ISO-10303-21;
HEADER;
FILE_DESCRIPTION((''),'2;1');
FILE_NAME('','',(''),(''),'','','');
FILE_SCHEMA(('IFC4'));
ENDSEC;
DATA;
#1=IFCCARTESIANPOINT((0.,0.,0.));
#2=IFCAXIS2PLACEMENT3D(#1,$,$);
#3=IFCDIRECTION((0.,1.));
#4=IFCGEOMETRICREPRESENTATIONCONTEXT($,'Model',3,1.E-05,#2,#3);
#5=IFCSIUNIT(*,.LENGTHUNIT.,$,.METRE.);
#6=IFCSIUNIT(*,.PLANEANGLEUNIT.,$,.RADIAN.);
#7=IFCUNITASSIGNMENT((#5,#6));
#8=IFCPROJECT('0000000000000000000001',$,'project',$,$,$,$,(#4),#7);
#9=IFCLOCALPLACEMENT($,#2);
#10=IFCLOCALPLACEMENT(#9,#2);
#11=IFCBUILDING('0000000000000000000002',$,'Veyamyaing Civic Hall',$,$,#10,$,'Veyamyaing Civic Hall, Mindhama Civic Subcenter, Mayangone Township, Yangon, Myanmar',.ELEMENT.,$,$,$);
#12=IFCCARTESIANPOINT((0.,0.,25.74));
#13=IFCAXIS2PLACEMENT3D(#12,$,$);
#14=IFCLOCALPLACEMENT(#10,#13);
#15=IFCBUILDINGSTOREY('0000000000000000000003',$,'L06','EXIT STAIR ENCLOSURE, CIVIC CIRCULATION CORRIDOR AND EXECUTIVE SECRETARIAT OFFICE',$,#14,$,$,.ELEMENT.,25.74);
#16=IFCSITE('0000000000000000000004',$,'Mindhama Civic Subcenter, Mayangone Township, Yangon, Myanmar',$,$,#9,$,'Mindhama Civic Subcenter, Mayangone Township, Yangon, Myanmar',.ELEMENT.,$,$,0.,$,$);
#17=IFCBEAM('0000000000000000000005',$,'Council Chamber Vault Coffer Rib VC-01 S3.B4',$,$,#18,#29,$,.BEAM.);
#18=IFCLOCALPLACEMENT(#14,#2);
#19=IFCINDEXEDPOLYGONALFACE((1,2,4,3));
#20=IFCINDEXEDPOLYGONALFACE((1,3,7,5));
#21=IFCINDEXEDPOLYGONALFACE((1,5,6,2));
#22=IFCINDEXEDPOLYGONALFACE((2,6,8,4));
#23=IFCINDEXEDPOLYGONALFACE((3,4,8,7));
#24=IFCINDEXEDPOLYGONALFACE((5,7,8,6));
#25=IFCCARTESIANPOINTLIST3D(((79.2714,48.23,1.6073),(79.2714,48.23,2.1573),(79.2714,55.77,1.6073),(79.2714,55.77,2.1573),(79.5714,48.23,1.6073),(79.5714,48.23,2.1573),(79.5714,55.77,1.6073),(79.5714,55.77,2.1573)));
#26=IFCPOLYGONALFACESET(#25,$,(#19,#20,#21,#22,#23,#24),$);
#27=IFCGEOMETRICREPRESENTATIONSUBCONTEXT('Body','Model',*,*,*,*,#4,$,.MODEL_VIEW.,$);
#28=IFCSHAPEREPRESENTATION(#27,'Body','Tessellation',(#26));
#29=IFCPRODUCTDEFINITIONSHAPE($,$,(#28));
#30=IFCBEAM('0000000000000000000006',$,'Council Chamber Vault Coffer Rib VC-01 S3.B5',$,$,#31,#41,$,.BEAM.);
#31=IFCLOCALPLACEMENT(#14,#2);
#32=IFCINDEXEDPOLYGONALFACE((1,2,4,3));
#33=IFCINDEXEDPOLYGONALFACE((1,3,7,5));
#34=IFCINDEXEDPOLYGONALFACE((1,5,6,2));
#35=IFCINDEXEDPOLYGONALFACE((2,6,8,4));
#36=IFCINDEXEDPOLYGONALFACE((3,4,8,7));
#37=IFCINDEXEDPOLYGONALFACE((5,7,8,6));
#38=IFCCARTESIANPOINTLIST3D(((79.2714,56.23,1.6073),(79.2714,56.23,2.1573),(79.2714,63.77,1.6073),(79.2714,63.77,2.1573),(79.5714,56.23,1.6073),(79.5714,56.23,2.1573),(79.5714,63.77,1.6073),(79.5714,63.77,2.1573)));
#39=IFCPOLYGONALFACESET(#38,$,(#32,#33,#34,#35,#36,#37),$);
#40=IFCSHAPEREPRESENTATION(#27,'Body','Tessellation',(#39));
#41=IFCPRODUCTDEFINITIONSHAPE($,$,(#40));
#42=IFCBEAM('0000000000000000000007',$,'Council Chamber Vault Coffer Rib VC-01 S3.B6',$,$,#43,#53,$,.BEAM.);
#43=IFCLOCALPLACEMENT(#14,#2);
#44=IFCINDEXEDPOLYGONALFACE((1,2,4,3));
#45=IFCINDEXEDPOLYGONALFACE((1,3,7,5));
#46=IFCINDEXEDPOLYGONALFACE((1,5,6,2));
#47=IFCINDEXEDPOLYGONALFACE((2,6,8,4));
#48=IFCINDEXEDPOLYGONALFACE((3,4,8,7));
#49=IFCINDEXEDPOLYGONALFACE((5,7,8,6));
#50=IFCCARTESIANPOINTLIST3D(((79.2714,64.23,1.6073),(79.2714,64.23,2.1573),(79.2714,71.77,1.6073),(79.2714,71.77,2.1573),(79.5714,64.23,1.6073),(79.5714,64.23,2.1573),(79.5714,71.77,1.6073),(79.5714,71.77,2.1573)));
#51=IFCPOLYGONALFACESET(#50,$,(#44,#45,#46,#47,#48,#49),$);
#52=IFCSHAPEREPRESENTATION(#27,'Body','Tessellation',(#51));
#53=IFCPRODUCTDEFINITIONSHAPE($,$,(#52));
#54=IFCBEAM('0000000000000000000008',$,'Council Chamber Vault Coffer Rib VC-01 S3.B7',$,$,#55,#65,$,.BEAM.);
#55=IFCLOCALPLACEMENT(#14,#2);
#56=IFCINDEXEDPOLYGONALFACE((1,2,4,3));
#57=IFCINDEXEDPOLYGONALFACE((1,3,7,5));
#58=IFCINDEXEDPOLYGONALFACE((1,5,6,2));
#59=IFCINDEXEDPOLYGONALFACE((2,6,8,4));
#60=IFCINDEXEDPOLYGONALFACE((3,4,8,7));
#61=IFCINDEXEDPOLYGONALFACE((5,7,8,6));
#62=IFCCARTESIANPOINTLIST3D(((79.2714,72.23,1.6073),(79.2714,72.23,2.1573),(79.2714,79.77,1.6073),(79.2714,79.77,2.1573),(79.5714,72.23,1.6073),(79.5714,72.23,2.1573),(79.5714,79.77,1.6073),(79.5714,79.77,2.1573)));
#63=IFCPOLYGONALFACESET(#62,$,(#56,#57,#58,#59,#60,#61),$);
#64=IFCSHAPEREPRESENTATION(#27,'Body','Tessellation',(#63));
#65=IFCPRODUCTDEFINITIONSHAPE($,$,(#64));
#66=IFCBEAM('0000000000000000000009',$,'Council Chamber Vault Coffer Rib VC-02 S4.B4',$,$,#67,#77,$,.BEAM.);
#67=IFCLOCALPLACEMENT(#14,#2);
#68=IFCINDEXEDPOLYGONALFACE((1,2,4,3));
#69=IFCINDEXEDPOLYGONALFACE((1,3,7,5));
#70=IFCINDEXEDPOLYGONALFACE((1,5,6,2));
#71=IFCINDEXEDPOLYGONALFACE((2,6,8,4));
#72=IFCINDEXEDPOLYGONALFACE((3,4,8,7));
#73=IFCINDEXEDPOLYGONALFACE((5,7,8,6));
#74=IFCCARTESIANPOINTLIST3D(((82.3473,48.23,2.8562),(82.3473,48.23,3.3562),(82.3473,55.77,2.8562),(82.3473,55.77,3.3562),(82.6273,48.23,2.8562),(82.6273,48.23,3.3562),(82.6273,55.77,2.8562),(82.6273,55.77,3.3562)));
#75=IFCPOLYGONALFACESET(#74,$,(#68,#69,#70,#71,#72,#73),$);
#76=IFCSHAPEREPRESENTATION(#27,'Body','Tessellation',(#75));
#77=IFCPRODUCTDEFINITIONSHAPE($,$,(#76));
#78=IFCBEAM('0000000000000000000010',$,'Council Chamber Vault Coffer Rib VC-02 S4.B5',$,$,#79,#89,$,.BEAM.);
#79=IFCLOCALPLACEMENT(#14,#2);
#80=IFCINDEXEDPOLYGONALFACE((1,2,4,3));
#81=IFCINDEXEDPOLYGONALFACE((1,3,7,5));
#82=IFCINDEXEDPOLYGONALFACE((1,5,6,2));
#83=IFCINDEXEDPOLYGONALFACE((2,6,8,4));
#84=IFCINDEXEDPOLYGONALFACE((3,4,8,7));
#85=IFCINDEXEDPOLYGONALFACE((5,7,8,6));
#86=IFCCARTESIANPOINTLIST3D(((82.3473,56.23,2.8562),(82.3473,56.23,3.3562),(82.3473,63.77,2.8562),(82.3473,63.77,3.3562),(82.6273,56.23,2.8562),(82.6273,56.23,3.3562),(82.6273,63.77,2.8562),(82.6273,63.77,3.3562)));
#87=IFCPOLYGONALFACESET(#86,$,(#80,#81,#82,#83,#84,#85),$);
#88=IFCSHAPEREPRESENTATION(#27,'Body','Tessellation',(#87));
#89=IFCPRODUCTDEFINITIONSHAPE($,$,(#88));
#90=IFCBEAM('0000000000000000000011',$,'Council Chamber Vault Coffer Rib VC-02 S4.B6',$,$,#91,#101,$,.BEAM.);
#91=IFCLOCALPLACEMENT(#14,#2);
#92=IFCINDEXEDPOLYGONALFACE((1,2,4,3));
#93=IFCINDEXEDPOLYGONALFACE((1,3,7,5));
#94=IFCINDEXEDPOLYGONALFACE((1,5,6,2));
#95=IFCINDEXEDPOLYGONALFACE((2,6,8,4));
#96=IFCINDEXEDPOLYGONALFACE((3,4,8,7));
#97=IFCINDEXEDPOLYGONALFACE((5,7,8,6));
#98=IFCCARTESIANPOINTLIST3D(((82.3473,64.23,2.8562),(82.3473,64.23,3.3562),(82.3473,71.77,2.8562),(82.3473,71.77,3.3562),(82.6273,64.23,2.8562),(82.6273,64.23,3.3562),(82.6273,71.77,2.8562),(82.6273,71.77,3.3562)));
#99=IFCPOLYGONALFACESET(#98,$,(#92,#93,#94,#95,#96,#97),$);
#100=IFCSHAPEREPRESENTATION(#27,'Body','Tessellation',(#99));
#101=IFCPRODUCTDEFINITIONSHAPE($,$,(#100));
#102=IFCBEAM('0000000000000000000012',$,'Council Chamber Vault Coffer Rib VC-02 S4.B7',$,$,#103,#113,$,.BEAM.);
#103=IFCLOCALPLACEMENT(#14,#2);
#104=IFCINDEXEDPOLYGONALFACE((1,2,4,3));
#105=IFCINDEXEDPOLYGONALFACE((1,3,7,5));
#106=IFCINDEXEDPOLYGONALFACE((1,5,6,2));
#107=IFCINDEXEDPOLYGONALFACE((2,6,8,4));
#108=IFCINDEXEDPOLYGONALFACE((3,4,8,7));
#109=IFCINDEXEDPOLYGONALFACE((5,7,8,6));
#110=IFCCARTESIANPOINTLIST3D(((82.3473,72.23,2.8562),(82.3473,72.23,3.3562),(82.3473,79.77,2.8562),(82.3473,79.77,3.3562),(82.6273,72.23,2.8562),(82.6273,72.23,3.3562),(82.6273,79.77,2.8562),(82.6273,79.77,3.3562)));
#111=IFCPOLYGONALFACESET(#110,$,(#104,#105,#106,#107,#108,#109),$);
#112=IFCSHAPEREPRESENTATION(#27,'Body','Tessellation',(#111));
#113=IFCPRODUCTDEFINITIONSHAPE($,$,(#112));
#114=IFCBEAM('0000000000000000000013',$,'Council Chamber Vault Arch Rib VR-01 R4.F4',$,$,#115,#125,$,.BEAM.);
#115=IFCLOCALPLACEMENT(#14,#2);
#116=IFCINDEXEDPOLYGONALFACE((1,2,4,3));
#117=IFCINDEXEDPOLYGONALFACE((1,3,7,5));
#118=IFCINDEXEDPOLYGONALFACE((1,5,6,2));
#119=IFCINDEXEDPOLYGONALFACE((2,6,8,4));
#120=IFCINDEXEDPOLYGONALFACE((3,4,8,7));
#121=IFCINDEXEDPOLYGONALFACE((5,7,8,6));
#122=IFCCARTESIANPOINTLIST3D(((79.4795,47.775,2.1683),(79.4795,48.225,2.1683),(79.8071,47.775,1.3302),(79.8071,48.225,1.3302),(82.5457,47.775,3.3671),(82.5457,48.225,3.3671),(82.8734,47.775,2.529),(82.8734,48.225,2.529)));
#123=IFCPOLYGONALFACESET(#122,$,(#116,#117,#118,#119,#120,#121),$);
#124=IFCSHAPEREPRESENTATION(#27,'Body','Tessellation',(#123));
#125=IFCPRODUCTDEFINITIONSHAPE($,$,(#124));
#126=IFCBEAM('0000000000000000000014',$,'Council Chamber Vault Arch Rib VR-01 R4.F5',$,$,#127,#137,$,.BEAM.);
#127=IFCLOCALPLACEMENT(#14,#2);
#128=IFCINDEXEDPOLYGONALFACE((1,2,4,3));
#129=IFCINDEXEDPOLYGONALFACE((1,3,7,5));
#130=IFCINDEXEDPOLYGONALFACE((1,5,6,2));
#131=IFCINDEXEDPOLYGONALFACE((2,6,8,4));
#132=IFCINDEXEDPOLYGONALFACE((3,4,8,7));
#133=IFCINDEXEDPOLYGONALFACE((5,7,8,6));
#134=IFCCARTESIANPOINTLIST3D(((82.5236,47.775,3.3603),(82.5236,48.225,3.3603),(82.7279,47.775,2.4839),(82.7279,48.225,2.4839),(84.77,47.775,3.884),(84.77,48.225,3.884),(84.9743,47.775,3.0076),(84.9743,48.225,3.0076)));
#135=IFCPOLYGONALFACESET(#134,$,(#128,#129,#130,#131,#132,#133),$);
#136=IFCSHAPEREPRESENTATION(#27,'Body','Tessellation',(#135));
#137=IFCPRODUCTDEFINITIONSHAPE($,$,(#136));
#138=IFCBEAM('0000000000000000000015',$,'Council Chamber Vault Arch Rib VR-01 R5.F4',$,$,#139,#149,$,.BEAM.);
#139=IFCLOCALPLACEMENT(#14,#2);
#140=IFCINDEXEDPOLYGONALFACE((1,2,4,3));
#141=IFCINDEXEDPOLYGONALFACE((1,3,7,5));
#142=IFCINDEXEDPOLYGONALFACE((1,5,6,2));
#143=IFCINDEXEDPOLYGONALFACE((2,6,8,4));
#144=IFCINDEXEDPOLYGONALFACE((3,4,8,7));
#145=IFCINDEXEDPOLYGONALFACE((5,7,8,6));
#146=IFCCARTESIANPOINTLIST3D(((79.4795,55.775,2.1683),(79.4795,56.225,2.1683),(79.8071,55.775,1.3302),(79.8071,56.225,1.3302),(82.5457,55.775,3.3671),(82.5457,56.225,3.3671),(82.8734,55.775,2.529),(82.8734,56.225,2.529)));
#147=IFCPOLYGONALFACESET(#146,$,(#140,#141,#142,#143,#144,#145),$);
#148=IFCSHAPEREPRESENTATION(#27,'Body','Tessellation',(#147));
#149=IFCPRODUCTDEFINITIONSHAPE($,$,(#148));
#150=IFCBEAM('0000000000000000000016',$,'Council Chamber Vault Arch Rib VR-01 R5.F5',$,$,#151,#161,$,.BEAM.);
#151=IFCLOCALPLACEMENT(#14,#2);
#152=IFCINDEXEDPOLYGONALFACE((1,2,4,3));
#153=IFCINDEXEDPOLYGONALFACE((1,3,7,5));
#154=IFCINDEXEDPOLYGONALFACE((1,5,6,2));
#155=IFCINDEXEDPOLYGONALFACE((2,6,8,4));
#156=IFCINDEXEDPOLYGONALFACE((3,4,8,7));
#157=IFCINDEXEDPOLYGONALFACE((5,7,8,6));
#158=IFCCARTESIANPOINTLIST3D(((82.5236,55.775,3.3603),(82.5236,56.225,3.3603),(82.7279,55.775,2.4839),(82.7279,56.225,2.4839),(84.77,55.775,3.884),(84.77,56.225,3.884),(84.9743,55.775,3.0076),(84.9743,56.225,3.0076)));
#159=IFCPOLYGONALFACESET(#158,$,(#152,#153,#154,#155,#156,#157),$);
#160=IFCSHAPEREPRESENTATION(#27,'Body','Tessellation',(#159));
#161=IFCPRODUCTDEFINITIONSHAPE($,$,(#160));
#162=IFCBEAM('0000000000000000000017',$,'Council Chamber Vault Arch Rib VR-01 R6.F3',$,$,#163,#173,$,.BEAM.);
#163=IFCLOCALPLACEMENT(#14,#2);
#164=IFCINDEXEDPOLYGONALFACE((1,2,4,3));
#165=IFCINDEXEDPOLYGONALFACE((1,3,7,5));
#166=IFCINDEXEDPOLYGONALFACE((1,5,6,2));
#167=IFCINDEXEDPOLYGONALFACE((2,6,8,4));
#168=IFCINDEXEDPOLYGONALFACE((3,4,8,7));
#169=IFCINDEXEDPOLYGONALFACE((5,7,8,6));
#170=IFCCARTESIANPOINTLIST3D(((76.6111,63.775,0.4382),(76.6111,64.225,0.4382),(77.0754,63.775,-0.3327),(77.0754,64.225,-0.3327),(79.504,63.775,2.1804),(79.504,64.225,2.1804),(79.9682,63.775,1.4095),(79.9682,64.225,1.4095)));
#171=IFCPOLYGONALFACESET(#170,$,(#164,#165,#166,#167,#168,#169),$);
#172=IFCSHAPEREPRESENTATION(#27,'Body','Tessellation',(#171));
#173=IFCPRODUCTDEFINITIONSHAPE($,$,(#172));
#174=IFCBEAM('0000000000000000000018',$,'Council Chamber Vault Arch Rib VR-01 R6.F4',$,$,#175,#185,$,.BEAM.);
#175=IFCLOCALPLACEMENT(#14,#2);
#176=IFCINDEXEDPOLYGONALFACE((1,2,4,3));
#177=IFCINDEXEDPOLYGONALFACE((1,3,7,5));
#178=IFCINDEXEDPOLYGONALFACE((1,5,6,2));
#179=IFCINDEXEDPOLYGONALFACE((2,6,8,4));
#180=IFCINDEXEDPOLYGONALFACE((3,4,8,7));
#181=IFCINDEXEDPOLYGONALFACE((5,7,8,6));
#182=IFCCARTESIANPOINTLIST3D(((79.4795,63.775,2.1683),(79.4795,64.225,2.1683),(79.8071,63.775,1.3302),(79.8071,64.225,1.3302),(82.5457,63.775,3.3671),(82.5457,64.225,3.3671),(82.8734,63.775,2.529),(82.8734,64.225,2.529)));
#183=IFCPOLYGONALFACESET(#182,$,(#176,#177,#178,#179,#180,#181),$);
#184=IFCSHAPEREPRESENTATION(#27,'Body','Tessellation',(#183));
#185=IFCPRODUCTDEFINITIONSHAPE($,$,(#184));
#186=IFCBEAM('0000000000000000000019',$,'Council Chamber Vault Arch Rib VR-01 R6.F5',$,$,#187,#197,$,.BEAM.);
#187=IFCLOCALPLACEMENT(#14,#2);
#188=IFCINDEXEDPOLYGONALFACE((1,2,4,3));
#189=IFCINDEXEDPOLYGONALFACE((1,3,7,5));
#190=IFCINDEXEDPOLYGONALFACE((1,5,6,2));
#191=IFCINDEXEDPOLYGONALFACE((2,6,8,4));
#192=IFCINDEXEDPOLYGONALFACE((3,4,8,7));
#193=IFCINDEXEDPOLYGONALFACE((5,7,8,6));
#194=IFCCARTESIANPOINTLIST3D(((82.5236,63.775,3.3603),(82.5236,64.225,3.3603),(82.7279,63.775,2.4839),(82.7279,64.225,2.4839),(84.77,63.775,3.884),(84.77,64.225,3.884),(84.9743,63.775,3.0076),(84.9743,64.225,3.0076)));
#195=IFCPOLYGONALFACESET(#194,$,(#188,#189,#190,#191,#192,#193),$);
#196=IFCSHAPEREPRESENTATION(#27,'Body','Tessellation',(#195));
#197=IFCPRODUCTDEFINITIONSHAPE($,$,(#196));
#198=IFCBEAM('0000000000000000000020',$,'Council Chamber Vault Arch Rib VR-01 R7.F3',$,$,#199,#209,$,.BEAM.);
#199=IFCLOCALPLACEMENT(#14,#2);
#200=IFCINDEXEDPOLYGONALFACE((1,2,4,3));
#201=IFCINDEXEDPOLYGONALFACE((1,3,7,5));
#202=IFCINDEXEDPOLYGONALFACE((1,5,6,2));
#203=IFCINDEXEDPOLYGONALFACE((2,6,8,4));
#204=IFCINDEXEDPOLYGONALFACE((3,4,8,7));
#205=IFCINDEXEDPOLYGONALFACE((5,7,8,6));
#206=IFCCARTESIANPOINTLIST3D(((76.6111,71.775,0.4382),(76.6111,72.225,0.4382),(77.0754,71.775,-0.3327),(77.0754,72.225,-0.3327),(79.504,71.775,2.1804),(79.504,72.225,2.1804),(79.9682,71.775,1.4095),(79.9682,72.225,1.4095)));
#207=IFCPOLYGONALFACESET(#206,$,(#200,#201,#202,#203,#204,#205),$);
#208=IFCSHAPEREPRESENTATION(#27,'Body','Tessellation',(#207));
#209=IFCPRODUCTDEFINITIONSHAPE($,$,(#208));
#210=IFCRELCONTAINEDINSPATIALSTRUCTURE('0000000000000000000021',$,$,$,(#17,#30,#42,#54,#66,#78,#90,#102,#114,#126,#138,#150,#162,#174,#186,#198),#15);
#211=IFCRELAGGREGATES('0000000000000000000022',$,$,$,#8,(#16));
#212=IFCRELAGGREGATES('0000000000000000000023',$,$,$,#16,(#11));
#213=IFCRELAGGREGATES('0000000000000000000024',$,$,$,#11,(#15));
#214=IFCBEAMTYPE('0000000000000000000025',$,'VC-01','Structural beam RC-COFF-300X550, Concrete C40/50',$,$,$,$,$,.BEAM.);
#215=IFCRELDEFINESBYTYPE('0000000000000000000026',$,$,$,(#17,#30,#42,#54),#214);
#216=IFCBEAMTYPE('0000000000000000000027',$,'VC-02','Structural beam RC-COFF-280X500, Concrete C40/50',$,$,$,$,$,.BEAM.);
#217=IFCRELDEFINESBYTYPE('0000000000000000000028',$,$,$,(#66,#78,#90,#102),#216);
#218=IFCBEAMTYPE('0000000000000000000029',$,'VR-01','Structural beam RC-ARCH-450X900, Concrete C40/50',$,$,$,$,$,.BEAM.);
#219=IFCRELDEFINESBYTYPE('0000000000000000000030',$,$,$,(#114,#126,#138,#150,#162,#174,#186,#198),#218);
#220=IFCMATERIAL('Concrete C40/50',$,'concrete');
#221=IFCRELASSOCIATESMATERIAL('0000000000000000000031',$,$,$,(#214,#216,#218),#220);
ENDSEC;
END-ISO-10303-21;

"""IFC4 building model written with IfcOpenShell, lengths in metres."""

from ifc_helpers import new_model, si_unit, direction, frame, origin, origin_2d, place, context, subcontext, project, spatial, rectangle, extrude, material, material_profile, profile_set, type_object, element, save


model = new_model("IFC4")

# Units and contexts
model_context = context("Model", 3, precision=1e-05, world=origin(), true_north=direction((0.0, 1.0)))
body_context = subcontext(model_context, "Body", "Model", "MODEL_VIEW")
ifc_project = project(units=[si_unit("LENGTHUNIT", "METRE"), si_unit("PLANEANGLEUNIT", "RADIAN")], contexts=[model_context])

# Site, building, storey
site_placement = place(None, origin())
site = spatial("IfcSite", under=ifc_project, at=site_placement, Name="Mindhama Civic Subcenter, Mayangone Township, Yangon, Myanmar", LongName="Mindhama Civic Subcenter, Mayangone Township, Yangon, Myanmar", CompositionType="ELEMENT", RefElevation=0.0)
building_placement = place(site_placement, origin())
building = spatial("IfcBuilding", under=site, at=building_placement, Name="Veyamyaing Civic Hall", LongName="Veyamyaing Civic Hall, Mindhama Civic Subcenter, Mayangone Township, Yangon, Myanmar", CompositionType="ELEMENT")
storey_placement = place(building_placement, frame((0.0, 0.0, 25.74)))
storey = spatial("IfcBuildingStorey", under=building, at=storey_placement, Name="L06", Description="EXIT STAIR ENCLOSURE, CIVIC CIRCULATION CORRIDOR AND EXECUTIVE SECRETARIAT OFFICE", CompositionType="ELEMENT", Elevation=25.74)

# Beams
ifc_material = material(Name="Concrete C40/50", Category="concrete")
ifc_material_profile_1 = material_profile(ifc_material, rectangle(XDim=0.3, YDim=0.55, at=origin_2d()), Name="RC-COFF-300X550")
ifc_profile_set_1 = profile_set([ifc_material_profile_1], Name="Concrete C40/50")
beam_type_1 = type_object("IfcBeamType", Name="VC-01", Description="Structural beam RC-COFF-300X550, Concrete C40/50", PredefinedType="BEAM", material=ifc_profile_set_1)
for number, where, z_axis, x_axis, name in (
    (1, (79.4214, 48.23, 1.8823), (0.0, 1.0, 0.0), (-1.0, 0.0, 0.0), "Council Chamber Vault Coffer Rib VC-01 S3.B4"),
    (2, (79.4214, 56.23, 1.8823), (0.0, 1.0, 0.0), (-1.0, 0.0, 0.0), "Council Chamber Vault Coffer Rib VC-01 S3.B5"),
    (3, (79.4214, 64.23, 1.8823), (0.0, 1.0, 0.0), (-1.0, 0.0, 0.0), "Council Chamber Vault Coffer Rib VC-01 S3.B6"),
    (4, (79.4214, 72.23, 1.8823), (0.0, 1.0, 0.0), (-1.0, 0.0, 0.0), "Council Chamber Vault Coffer Rib VC-01 S3.B7"),
):
    element("IfcBeam", number, at=place(storey_placement, frame(where, z_axis=z_axis, x_axis=x_axis)), inside=storey, type_object=beam_type_1, Name=name, PredefinedType="BEAM", context=body_context, shape_type="SweptSolid", body=[
        extrude(rectangle(XDim=0.3, YDim=0.55, at=origin_2d()), origin(), (0.0, 0.0, 1.0), 7.54),
    ])
ifc_material_profile_2 = material_profile(ifc_material, rectangle(XDim=0.28, YDim=0.5, at=origin_2d()), Name="RC-COFF-280X500")
ifc_profile_set_2 = profile_set([ifc_material_profile_2], Name="Concrete C40/50")
beam_type_2 = type_object("IfcBeamType", Name="VC-02", Description="Structural beam RC-COFF-280X500, Concrete C40/50", PredefinedType="BEAM", material=ifc_profile_set_2)
for number, where, z_axis, x_axis, name in (
    (5, (82.4873, 48.23, 3.1062), (0.0, 1.0, 0.0), (-1.0, 0.0, 0.0), "Council Chamber Vault Coffer Rib VC-02 S4.B4"),
    (6, (82.4873, 56.23, 3.1062), (0.0, 1.0, 0.0), (-1.0, 0.0, 0.0), "Council Chamber Vault Coffer Rib VC-02 S4.B5"),
    (7, (82.4873, 64.23, 3.1062), (0.0, 1.0, 0.0), (-1.0, 0.0, 0.0), "Council Chamber Vault Coffer Rib VC-02 S4.B6"),
    (8, (82.4873, 72.23, 3.1062), (0.0, 1.0, 0.0), (-1.0, 0.0, 0.0), "Council Chamber Vault Coffer Rib VC-02 S4.B7"),
):
    element("IfcBeam", number, at=place(storey_placement, frame(where, z_axis=z_axis, x_axis=x_axis)), inside=storey, type_object=beam_type_2, Name=name, PredefinedType="BEAM", context=body_context, shape_type="SweptSolid", body=[
        extrude(rectangle(XDim=0.28, YDim=0.5, at=origin_2d()), origin(), (0.0, 0.0, 1.0), 7.54),
    ])
ifc_material_profile_3 = material_profile(ifc_material, rectangle(XDim=0.45, YDim=0.8999, at=origin_2d()), Name="RC-ARCH-450X900")
ifc_profile_set_3 = profile_set([ifc_material_profile_3], Name="Concrete C40/50")
beam_type_3 = type_object("IfcBeamType", Name="VR-01", Description="Structural beam RC-ARCH-450X900, Concrete C40/50", PredefinedType="BEAM", material=ifc_profile_set_3)
beam_1_placement = place(storey_placement, frame((79.6433, 48.0, 1.7493), z_axis=(0.931353, 0.0, 0.364117), x_axis=(0.0, 1.0, 0.0)))
element("IfcBeam", 9, at=beam_1_placement, inside=storey, type_object=beam_type_3, Name="Council Chamber Vault Arch Rib VR-01 R4.F4", PredefinedType="BEAM", context=body_context, shape_type="SweptSolid", body=[
    extrude(rectangle(XDim=0.45, YDim=0.8999, at=origin_2d()), origin(), (0.0, 0.0, 1.0), 3.2922),
])
beam_2_placement = place(storey_placement, frame((82.6257, 48.0, 2.9221), z_axis=(0.973886, 0.0, 0.227039), x_axis=(0.0, 1.0, 0.0)))
element("IfcBeam", 10, at=beam_2_placement, inside=storey, type_object=beam_type_3, Name="Council Chamber Vault Arch Rib VR-01 R4.F5", PredefinedType="BEAM", context=body_context, shape_type="SweptSolid", body=[
    extrude(rectangle(XDim=0.45, YDim=0.8999, at=origin_2d()), origin(), (0.0, 0.0, 1.0), 2.3066),
])
beam_3_placement = place(storey_placement, frame((79.6433, 56.0, 1.7493), z_axis=(0.931353, 0.0, 0.364117), x_axis=(0.0, 1.0, 0.0)))
element("IfcBeam", 11, at=beam_3_placement, inside=storey, type_object=beam_type_3, Name="Council Chamber Vault Arch Rib VR-01 R5.F4", PredefinedType="BEAM", context=body_context, shape_type="SweptSolid", body=[
    extrude(rectangle(XDim=0.45, YDim=0.8999, at=origin_2d()), origin(), (0.0, 0.0, 1.0), 3.2922),
])
beam_4_placement = place(storey_placement, frame((82.6257, 56.0, 2.9221), z_axis=(0.973886, 0.0, 0.227039), x_axis=(0.0, 1.0, 0.0)))
element("IfcBeam", 12, at=beam_4_placement, inside=storey, type_object=beam_type_3, Name="Council Chamber Vault Arch Rib VR-01 R5.F5", PredefinedType="BEAM", context=body_context, shape_type="SweptSolid", body=[
    extrude(rectangle(XDim=0.45, YDim=0.8999, at=origin_2d()), origin(), (0.0, 0.0, 1.0), 2.3066),
])
beam_5_placement = place(storey_placement, frame((76.8433, 64.0, 0.0527), z_axis=(0.856643, 0.0, 0.515909), x_axis=(0.0, 1.0, 0.0)))
element("IfcBeam", 13, at=beam_5_placement, inside=storey, type_object=beam_type_3, Name="Council Chamber Vault Arch Rib VR-01 R6.F3", PredefinedType="BEAM", context=body_context, shape_type="SweptSolid", body=[
    extrude(rectangle(XDim=0.45, YDim=0.8999, at=origin_2d()), origin(), (0.0, 0.0, 1.0), 3.377),
])
beam_6_placement = place(storey_placement, frame((79.6433, 64.0, 1.7493), z_axis=(0.931353, 0.0, 0.364117), x_axis=(0.0, 1.0, 0.0)))
element("IfcBeam", 14, at=beam_6_placement, inside=storey, type_object=beam_type_3, Name="Council Chamber Vault Arch Rib VR-01 R6.F4", PredefinedType="BEAM", context=body_context, shape_type="SweptSolid", body=[
    extrude(rectangle(XDim=0.45, YDim=0.8999, at=origin_2d()), origin(), (0.0, 0.0, 1.0), 3.2922),
])
beam_7_placement = place(storey_placement, frame((82.6257, 64.0, 2.9221), z_axis=(0.973886, 0.0, 0.227039), x_axis=(0.0, 1.0, 0.0)))
element("IfcBeam", 15, at=beam_7_placement, inside=storey, type_object=beam_type_3, Name="Council Chamber Vault Arch Rib VR-01 R6.F5", PredefinedType="BEAM", context=body_context, shape_type="SweptSolid", body=[
    extrude(rectangle(XDim=0.45, YDim=0.8999, at=origin_2d()), origin(), (0.0, 0.0, 1.0), 2.3066),
])
beam_8_placement = place(storey_placement, frame((76.8433, 72.0, 0.0527), z_axis=(0.856643, 0.0, 0.515909), x_axis=(0.0, 1.0, 0.0)))
element("IfcBeam", 16, at=beam_8_placement, inside=storey, type_object=beam_type_3, Name="Council Chamber Vault Arch Rib VR-01 R7.F3", PredefinedType="BEAM", context=body_context, shape_type="SweptSolid", body=[
    extrude(rectangle(XDim=0.45, YDim=0.8999, at=origin_2d()), origin(), (0.0, 0.0, 1.0), 3.377),
])

save(model, "model.ifc")
